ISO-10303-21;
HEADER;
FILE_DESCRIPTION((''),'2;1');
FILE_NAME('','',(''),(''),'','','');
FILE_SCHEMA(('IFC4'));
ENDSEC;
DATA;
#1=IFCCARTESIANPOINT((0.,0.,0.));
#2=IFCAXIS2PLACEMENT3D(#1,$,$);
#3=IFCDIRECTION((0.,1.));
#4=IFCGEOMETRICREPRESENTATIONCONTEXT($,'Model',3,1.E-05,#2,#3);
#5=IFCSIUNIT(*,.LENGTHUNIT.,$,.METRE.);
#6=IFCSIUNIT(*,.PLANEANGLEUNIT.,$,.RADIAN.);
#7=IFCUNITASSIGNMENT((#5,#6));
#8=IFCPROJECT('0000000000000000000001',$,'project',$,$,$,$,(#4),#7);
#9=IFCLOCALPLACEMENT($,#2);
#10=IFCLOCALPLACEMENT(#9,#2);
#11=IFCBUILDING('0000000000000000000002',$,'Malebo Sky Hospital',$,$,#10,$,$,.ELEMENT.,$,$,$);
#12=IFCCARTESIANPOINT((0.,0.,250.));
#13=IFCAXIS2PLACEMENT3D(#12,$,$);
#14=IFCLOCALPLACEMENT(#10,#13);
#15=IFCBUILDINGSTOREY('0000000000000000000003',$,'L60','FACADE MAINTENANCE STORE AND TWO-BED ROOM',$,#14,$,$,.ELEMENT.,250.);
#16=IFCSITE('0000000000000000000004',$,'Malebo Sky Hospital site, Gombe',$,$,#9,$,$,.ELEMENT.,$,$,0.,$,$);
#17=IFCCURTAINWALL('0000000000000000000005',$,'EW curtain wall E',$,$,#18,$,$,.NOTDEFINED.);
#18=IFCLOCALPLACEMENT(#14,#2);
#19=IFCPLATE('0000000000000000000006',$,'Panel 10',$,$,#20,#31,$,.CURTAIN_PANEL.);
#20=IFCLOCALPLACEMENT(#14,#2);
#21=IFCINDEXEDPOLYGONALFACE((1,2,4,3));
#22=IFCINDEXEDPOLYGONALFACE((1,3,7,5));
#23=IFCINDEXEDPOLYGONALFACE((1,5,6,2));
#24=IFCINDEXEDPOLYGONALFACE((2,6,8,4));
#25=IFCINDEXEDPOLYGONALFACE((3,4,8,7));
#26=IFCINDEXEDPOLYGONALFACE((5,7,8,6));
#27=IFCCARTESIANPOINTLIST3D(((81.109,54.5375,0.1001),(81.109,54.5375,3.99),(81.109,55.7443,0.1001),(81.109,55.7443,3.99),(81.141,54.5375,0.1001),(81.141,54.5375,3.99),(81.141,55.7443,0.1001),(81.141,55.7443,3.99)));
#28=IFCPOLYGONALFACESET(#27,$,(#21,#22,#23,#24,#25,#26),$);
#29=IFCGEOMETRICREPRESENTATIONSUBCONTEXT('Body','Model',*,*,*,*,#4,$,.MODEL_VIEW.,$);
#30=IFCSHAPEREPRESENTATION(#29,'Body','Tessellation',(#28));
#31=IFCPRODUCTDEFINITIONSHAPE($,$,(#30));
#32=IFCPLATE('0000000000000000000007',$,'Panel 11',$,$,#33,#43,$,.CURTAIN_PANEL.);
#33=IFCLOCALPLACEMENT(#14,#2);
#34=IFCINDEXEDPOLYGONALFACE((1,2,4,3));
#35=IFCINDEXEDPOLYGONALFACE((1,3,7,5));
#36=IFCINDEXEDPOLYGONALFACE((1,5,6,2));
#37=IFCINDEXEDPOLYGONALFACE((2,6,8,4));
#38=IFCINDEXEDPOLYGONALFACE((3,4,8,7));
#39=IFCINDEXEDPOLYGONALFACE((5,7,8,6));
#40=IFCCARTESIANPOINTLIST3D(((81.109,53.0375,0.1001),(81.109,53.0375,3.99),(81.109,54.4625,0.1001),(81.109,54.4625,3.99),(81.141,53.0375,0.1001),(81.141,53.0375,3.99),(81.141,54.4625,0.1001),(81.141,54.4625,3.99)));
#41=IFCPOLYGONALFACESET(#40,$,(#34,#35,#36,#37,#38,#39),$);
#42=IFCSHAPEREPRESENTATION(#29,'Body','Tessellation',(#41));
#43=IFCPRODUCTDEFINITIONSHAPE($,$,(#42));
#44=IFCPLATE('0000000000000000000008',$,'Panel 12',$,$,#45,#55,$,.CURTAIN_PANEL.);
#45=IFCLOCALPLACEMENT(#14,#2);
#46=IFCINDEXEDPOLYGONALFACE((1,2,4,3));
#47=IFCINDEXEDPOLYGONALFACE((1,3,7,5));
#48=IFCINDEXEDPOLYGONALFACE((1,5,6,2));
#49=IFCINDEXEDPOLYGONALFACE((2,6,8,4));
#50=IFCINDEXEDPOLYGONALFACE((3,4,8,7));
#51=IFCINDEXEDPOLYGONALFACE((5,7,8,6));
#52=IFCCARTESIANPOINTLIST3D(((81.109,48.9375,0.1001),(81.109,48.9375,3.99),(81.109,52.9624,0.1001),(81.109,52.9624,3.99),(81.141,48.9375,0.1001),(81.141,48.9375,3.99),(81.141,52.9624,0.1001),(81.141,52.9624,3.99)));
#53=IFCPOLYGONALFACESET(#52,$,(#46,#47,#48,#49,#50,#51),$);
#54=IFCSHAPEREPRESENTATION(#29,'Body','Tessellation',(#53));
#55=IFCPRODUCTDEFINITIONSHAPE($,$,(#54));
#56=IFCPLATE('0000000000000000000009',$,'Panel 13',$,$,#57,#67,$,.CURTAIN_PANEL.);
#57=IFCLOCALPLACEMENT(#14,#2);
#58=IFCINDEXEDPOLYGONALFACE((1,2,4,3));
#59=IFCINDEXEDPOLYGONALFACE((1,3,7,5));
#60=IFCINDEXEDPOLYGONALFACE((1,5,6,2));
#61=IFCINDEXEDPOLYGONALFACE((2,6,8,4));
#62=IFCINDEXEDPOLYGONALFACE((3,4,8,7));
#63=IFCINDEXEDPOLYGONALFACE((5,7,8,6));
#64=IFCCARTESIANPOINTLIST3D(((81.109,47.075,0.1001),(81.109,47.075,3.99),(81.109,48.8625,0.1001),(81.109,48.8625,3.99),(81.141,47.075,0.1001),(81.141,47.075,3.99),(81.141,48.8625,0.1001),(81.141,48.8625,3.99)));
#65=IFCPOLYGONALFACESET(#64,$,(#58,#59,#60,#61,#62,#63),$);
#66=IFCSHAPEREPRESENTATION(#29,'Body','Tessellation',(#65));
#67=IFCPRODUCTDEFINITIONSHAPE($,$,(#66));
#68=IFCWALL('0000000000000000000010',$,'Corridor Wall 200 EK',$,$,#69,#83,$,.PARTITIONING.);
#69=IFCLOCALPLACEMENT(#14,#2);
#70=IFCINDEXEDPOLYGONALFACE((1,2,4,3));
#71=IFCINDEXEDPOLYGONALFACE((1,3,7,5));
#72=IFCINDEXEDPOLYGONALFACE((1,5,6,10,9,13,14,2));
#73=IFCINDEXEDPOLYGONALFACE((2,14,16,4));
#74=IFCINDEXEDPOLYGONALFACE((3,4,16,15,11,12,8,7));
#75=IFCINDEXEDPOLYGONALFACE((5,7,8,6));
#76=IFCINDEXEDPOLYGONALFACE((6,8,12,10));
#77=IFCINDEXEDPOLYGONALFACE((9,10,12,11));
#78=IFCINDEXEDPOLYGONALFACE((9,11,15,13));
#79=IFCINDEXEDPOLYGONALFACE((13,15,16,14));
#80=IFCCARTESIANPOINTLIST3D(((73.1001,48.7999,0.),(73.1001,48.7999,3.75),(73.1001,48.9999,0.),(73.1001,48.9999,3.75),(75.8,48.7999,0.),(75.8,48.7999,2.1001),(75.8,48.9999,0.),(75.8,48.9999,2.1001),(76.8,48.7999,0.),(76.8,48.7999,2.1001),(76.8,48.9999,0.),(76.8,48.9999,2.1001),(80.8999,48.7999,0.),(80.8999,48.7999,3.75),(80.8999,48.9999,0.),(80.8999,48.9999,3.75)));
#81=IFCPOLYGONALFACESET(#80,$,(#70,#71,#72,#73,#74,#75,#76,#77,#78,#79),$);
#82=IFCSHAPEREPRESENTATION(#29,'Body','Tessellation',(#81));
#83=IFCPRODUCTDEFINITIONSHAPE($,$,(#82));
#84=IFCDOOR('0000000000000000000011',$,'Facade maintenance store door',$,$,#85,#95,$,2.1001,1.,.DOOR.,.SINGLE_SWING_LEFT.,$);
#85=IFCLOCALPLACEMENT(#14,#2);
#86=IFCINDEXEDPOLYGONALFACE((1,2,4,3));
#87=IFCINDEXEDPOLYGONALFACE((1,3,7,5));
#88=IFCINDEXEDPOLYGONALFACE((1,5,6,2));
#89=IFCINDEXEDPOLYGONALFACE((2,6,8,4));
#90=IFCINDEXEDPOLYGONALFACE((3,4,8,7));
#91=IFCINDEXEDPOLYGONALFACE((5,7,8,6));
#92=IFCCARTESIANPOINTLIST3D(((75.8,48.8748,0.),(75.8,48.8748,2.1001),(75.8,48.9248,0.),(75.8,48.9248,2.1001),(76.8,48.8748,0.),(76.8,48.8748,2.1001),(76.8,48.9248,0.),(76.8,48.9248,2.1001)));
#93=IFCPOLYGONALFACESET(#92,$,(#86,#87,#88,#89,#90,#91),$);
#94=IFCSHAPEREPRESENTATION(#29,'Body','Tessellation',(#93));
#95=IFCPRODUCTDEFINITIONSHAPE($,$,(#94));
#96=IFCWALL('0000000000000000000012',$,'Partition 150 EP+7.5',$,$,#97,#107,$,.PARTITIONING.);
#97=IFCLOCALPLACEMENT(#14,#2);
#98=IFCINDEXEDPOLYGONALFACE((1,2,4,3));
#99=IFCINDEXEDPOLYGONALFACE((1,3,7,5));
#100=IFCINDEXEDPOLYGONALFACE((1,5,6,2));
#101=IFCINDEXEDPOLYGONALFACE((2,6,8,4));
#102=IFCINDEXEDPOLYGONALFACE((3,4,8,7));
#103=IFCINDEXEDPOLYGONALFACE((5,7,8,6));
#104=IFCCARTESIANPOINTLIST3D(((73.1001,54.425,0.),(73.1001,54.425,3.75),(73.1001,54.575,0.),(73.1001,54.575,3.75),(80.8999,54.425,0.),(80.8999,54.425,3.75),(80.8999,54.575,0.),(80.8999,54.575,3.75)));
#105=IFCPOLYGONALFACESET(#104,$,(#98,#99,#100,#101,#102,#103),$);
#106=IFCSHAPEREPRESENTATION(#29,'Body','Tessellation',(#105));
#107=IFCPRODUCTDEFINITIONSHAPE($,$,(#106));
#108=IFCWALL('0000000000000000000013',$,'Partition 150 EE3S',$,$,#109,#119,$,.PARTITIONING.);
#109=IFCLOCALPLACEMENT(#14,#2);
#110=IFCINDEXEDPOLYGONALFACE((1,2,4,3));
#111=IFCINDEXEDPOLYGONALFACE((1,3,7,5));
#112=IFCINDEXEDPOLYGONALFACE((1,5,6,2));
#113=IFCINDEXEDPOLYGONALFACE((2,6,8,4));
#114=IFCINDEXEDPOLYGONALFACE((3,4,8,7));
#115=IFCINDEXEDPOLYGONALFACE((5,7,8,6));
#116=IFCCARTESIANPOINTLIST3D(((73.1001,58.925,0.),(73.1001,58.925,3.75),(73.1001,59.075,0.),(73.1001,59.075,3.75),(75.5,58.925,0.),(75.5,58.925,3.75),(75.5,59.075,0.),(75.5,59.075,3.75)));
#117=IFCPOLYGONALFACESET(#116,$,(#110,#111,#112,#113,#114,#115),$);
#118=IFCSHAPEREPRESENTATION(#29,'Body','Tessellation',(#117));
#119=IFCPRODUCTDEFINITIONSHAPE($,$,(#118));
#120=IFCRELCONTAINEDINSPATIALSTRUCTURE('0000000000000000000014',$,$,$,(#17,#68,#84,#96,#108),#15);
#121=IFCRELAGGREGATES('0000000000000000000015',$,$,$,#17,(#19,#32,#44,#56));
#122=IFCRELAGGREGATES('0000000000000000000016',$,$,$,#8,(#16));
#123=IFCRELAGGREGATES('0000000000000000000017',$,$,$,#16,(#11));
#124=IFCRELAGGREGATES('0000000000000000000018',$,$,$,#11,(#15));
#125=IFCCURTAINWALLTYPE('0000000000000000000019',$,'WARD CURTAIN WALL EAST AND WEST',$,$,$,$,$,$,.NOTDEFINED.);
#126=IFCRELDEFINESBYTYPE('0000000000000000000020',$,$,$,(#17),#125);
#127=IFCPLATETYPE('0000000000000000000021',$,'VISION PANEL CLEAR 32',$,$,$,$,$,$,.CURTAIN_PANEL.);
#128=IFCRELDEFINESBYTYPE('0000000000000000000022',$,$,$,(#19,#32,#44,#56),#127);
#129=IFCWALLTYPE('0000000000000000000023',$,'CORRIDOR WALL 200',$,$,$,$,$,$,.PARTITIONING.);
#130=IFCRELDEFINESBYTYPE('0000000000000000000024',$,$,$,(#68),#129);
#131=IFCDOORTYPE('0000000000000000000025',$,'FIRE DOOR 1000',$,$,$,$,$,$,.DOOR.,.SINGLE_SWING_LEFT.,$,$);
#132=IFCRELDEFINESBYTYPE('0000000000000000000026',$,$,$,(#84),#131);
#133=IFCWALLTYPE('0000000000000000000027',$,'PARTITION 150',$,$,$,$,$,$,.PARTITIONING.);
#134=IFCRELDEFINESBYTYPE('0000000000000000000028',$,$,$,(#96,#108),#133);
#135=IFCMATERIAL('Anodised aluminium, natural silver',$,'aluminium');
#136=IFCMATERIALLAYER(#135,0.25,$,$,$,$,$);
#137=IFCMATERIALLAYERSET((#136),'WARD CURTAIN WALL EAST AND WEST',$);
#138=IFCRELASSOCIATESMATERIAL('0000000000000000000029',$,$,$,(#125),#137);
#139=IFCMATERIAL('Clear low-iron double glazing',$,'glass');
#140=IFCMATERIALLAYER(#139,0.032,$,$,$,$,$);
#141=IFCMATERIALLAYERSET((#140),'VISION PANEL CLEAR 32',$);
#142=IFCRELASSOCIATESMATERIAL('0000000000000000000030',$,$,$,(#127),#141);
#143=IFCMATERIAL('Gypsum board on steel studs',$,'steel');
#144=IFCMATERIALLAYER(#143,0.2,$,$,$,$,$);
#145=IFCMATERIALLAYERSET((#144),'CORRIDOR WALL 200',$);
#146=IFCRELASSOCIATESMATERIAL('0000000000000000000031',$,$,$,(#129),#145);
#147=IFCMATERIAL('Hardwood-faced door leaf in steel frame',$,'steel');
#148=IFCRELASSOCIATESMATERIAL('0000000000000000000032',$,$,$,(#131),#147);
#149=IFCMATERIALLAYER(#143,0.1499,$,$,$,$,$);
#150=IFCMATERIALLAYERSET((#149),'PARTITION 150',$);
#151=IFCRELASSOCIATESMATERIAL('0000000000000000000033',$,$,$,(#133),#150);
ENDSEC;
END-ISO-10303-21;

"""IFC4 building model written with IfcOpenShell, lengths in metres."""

from ifc_helpers import new_model, si_unit, direction, frame, frame_2d, origin, origin_2d, place, context, subcontext, project, spatial, rectangle, extrude, material, layer, layer_set, type_object, element, fill, aggregate, save


model = new_model("IFC4")

# Units and contexts
model_context = context("Model", 3, precision=1e-05, world=origin(), true_north=direction((0.0, 1.0)))
body_context = subcontext(model_context, "Body", "Model", "MODEL_VIEW")
ifc_project = project(units=[si_unit("LENGTHUNIT", "METRE"), si_unit("PLANEANGLEUNIT", "RADIAN")], contexts=[model_context])

# Site, building, storey
site_placement = place(None, origin())
site = spatial("IfcSite", under=ifc_project, at=site_placement, Name="Malebo Sky Hospital site, Gombe", CompositionType="ELEMENT", RefElevation=0.0)
building_placement = place(site_placement, origin())
building = spatial("IfcBuilding", under=site, at=building_placement, Name="Malebo Sky Hospital", CompositionType="ELEMENT")
storey_placement = place(building_placement, frame((0.0, 0.0, 250.0)))
storey = spatial("IfcBuildingStorey", under=building, at=storey_placement, Name="L60", Description="FACADE MAINTENANCE STORE AND TWO-BED ROOM", CompositionType="ELEMENT", Elevation=250.0)

# Curtain wall
ifc_material_1 = material(Name="Anodised aluminium, natural silver", Category="aluminium")
ifc_layer_1 = layer(ifc_material_1, 0.25)
ifc_layer_set_1 = layer_set([ifc_layer_1], Name="WARD CURTAIN WALL EAST AND WEST")
curtain_wall_type = type_object("IfcCurtainWallType", Name="WARD CURTAIN WALL EAST AND WEST", PredefinedType="NOTDEFINED", material=ifc_layer_set_1)
curtain_wall_placement = place(storey_placement, origin())
curtain_wall = element("IfcCurtainWall", 1, at=curtain_wall_placement, inside=storey, type_object=curtain_wall_type, Name="EW curtain wall E", PredefinedType="NOTDEFINED")

# Plates
ifc_material_2 = material(Name="Clear low-iron double glazing", Category="glass")
ifc_layer_2 = layer(ifc_material_2, 0.032)
ifc_layer_set_2 = layer_set([ifc_layer_2], Name="VISION PANEL CLEAR 32")
plate_type = type_object("IfcPlateType", Name="VISION PANEL CLEAR 32", PredefinedType="CURTAIN_PANEL", material=ifc_layer_set_2)
plate_1_placement = place(storey_placement, frame((81.125, 55.1409, 0.1001), z_axis=(0.0, 0.0, 1.0), x_axis=(0.0, -1.0, 0.0)))
plate_1 = element("IfcPlate", 2, at=plate_1_placement, type_object=plate_type, Name="Panel 10", PredefinedType="CURTAIN_PANEL", context=body_context, shape_type="SweptSolid", body=[
    extrude(rectangle(XDim=1.2068, YDim=0.032, at=origin_2d()), origin(), (0.0, 0.0, 1.0), 3.8899),
])
plate_2_placement = place(storey_placement, frame((81.125, 53.75, 0.1001), z_axis=(0.0, 0.0, 1.0), x_axis=(0.0, -1.0, 0.0)))
plate_2 = element("IfcPlate", 3, at=plate_2_placement, type_object=plate_type, Name="Panel 11", PredefinedType="CURTAIN_PANEL", context=body_context, shape_type="SweptSolid", body=[
    extrude(rectangle(XDim=1.425, YDim=0.032, at=origin_2d()), origin(), (0.0, 0.0, 1.0), 3.8899),
])
plate_3_placement = place(storey_placement, frame((81.125, 50.95, 0.1001), z_axis=(0.0, 0.0, 1.0), x_axis=(0.0, -1.0, 0.0)))
plate_3 = element("IfcPlate", 4, at=plate_3_placement, type_object=plate_type, Name="Panel 12", PredefinedType="CURTAIN_PANEL", context=body_context, shape_type="SweptSolid", body=[
    extrude(rectangle(XDim=4.0249, YDim=0.032, at=origin_2d()), origin(), (0.0, 0.0, 1.0), 3.8899),
])
plate_4_placement = place(storey_placement, frame((81.125, 47.9688, 0.1001), z_axis=(0.0, 0.0, 1.0), x_axis=(0.0, -1.0, 0.0)))
plate_4 = element("IfcPlate", 5, at=plate_4_placement, type_object=plate_type, Name="Panel 13", PredefinedType="CURTAIN_PANEL", context=body_context, shape_type="SweptSolid", body=[
    extrude(rectangle(XDim=1.7876, YDim=0.032, at=origin_2d()), origin(), (0.0, 0.0, 1.0), 3.8899),
])
aggregate(curtain_wall, [plate_1, plate_2, plate_3, plate_4])

# Wall, opening, door
ifc_material_3 = material(Name="Gypsum board on steel studs", Category="steel")
ifc_layer_3 = layer(ifc_material_3, 0.2)
ifc_layer_set_3 = layer_set([ifc_layer_3], Name="CORRIDOR WALL 200")
wall_type_1 = type_object("IfcWallType", Name="CORRIDOR WALL 200", PredefinedType="PARTITIONING", material=ifc_layer_set_3)
wall_1_placement = place(storey_placement, frame((73.1001, 48.8999, 0.0), z_axis=(0.0, 0.0, 1.0), x_axis=(1.0, 0.0, 0.0)))
wall_1 = element("IfcWall", 6, at=wall_1_placement, inside=storey, type_object=wall_type_1, Name="Corridor Wall 200 EK", PredefinedType="PARTITIONING", context=body_context, shape_type="SweptSolid", body=[
    extrude(rectangle(XDim=7.7998, YDim=0.2, at=frame_2d((3.8999, 0.0))), origin(), (0.0, 0.0, 1.0), 3.75),
])
opening_placement = place(wall_1_placement, frame((2.7, 0.0, 0.0)))
opening = element("IfcOpeningElement", 7, at=opening_placement, cuts=wall_1, PredefinedType="OPENING", context=body_context, shape_type="SweptSolid", body=[
    extrude(rectangle(XDim=1.0, YDim=2.1001, at=frame_2d((0.5, 1.05))), frame((0.0, 0.1099, 0.0), z_axis=(0.0, -1.0, 0.0), x_axis=(1.0, 0.0, 0.0)), (0.0, 0.0, 1.0), 0.22),
])
ifc_material_4 = material(Name="Hardwood-faced door leaf in steel frame", Category="steel")
door_type = type_object("IfcDoorType", Name="FIRE DOOR 1000", OperationType="SINGLE_SWING_LEFT", PredefinedType="DOOR", material=ifc_material_4)
door_placement = place(opening_placement, origin())
door = element("IfcDoor", 8, at=door_placement, inside=storey, type_object=door_type, Name="Facade maintenance store door", OperationType="SINGLE_SWING_LEFT", OverallHeight=2.1001, OverallWidth=1.0, PredefinedType="DOOR", context=body_context, shape_type="SweptSolid", body=[
    extrude(rectangle(XDim=1.0, YDim=2.1001, at=frame_2d((0.5, 1.05))), frame((0.0, 0.0249, 0.0), z_axis=(0.0, -1.0, 0.0), x_axis=(1.0, 0.0, 0.0)), (0.0, 0.0, 1.0), 0.05),
])
fill(opening, door)

# Walls
ifc_layer_4 = layer(ifc_material_3, 0.1499)
ifc_layer_set_4 = layer_set([ifc_layer_4], Name="PARTITION 150")
wall_type_2 = type_object("IfcWallType", Name="PARTITION 150", PredefinedType="PARTITIONING", material=ifc_layer_set_4)
wall_2_placement = place(storey_placement, frame((73.1001, 54.5, 0.0), z_axis=(0.0, 0.0, 1.0), x_axis=(1.0, 0.0, 0.0)))
element("IfcWall", 9, at=wall_2_placement, inside=storey, type_object=wall_type_2, Name="Partition 150 EP+7.5", PredefinedType="PARTITIONING", context=body_context, shape_type="SweptSolid", body=[
    extrude(rectangle(XDim=7.7998, YDim=0.1499, at=frame_2d((3.8999, 0.0))), origin(), (0.0, 0.0, 1.0), 3.75),
])
wall_3_placement = place(storey_placement, frame((73.1001, 59.0, 0.0), z_axis=(0.0, 0.0, 1.0), x_axis=(1.0, 0.0, 0.0)))
element("IfcWall", 10, at=wall_3_placement, inside=storey, type_object=wall_type_2, Name="Partition 150 EE3S", PredefinedType="PARTITIONING", context=body_context, shape_type="SweptSolid", body=[
    extrude(rectangle(XDim=2.3999, YDim=0.1499, at=frame_2d((1.2, 0.0))), origin(), (0.0, 0.0, 1.0), 3.75),
])

save(model, "model.ifc")
